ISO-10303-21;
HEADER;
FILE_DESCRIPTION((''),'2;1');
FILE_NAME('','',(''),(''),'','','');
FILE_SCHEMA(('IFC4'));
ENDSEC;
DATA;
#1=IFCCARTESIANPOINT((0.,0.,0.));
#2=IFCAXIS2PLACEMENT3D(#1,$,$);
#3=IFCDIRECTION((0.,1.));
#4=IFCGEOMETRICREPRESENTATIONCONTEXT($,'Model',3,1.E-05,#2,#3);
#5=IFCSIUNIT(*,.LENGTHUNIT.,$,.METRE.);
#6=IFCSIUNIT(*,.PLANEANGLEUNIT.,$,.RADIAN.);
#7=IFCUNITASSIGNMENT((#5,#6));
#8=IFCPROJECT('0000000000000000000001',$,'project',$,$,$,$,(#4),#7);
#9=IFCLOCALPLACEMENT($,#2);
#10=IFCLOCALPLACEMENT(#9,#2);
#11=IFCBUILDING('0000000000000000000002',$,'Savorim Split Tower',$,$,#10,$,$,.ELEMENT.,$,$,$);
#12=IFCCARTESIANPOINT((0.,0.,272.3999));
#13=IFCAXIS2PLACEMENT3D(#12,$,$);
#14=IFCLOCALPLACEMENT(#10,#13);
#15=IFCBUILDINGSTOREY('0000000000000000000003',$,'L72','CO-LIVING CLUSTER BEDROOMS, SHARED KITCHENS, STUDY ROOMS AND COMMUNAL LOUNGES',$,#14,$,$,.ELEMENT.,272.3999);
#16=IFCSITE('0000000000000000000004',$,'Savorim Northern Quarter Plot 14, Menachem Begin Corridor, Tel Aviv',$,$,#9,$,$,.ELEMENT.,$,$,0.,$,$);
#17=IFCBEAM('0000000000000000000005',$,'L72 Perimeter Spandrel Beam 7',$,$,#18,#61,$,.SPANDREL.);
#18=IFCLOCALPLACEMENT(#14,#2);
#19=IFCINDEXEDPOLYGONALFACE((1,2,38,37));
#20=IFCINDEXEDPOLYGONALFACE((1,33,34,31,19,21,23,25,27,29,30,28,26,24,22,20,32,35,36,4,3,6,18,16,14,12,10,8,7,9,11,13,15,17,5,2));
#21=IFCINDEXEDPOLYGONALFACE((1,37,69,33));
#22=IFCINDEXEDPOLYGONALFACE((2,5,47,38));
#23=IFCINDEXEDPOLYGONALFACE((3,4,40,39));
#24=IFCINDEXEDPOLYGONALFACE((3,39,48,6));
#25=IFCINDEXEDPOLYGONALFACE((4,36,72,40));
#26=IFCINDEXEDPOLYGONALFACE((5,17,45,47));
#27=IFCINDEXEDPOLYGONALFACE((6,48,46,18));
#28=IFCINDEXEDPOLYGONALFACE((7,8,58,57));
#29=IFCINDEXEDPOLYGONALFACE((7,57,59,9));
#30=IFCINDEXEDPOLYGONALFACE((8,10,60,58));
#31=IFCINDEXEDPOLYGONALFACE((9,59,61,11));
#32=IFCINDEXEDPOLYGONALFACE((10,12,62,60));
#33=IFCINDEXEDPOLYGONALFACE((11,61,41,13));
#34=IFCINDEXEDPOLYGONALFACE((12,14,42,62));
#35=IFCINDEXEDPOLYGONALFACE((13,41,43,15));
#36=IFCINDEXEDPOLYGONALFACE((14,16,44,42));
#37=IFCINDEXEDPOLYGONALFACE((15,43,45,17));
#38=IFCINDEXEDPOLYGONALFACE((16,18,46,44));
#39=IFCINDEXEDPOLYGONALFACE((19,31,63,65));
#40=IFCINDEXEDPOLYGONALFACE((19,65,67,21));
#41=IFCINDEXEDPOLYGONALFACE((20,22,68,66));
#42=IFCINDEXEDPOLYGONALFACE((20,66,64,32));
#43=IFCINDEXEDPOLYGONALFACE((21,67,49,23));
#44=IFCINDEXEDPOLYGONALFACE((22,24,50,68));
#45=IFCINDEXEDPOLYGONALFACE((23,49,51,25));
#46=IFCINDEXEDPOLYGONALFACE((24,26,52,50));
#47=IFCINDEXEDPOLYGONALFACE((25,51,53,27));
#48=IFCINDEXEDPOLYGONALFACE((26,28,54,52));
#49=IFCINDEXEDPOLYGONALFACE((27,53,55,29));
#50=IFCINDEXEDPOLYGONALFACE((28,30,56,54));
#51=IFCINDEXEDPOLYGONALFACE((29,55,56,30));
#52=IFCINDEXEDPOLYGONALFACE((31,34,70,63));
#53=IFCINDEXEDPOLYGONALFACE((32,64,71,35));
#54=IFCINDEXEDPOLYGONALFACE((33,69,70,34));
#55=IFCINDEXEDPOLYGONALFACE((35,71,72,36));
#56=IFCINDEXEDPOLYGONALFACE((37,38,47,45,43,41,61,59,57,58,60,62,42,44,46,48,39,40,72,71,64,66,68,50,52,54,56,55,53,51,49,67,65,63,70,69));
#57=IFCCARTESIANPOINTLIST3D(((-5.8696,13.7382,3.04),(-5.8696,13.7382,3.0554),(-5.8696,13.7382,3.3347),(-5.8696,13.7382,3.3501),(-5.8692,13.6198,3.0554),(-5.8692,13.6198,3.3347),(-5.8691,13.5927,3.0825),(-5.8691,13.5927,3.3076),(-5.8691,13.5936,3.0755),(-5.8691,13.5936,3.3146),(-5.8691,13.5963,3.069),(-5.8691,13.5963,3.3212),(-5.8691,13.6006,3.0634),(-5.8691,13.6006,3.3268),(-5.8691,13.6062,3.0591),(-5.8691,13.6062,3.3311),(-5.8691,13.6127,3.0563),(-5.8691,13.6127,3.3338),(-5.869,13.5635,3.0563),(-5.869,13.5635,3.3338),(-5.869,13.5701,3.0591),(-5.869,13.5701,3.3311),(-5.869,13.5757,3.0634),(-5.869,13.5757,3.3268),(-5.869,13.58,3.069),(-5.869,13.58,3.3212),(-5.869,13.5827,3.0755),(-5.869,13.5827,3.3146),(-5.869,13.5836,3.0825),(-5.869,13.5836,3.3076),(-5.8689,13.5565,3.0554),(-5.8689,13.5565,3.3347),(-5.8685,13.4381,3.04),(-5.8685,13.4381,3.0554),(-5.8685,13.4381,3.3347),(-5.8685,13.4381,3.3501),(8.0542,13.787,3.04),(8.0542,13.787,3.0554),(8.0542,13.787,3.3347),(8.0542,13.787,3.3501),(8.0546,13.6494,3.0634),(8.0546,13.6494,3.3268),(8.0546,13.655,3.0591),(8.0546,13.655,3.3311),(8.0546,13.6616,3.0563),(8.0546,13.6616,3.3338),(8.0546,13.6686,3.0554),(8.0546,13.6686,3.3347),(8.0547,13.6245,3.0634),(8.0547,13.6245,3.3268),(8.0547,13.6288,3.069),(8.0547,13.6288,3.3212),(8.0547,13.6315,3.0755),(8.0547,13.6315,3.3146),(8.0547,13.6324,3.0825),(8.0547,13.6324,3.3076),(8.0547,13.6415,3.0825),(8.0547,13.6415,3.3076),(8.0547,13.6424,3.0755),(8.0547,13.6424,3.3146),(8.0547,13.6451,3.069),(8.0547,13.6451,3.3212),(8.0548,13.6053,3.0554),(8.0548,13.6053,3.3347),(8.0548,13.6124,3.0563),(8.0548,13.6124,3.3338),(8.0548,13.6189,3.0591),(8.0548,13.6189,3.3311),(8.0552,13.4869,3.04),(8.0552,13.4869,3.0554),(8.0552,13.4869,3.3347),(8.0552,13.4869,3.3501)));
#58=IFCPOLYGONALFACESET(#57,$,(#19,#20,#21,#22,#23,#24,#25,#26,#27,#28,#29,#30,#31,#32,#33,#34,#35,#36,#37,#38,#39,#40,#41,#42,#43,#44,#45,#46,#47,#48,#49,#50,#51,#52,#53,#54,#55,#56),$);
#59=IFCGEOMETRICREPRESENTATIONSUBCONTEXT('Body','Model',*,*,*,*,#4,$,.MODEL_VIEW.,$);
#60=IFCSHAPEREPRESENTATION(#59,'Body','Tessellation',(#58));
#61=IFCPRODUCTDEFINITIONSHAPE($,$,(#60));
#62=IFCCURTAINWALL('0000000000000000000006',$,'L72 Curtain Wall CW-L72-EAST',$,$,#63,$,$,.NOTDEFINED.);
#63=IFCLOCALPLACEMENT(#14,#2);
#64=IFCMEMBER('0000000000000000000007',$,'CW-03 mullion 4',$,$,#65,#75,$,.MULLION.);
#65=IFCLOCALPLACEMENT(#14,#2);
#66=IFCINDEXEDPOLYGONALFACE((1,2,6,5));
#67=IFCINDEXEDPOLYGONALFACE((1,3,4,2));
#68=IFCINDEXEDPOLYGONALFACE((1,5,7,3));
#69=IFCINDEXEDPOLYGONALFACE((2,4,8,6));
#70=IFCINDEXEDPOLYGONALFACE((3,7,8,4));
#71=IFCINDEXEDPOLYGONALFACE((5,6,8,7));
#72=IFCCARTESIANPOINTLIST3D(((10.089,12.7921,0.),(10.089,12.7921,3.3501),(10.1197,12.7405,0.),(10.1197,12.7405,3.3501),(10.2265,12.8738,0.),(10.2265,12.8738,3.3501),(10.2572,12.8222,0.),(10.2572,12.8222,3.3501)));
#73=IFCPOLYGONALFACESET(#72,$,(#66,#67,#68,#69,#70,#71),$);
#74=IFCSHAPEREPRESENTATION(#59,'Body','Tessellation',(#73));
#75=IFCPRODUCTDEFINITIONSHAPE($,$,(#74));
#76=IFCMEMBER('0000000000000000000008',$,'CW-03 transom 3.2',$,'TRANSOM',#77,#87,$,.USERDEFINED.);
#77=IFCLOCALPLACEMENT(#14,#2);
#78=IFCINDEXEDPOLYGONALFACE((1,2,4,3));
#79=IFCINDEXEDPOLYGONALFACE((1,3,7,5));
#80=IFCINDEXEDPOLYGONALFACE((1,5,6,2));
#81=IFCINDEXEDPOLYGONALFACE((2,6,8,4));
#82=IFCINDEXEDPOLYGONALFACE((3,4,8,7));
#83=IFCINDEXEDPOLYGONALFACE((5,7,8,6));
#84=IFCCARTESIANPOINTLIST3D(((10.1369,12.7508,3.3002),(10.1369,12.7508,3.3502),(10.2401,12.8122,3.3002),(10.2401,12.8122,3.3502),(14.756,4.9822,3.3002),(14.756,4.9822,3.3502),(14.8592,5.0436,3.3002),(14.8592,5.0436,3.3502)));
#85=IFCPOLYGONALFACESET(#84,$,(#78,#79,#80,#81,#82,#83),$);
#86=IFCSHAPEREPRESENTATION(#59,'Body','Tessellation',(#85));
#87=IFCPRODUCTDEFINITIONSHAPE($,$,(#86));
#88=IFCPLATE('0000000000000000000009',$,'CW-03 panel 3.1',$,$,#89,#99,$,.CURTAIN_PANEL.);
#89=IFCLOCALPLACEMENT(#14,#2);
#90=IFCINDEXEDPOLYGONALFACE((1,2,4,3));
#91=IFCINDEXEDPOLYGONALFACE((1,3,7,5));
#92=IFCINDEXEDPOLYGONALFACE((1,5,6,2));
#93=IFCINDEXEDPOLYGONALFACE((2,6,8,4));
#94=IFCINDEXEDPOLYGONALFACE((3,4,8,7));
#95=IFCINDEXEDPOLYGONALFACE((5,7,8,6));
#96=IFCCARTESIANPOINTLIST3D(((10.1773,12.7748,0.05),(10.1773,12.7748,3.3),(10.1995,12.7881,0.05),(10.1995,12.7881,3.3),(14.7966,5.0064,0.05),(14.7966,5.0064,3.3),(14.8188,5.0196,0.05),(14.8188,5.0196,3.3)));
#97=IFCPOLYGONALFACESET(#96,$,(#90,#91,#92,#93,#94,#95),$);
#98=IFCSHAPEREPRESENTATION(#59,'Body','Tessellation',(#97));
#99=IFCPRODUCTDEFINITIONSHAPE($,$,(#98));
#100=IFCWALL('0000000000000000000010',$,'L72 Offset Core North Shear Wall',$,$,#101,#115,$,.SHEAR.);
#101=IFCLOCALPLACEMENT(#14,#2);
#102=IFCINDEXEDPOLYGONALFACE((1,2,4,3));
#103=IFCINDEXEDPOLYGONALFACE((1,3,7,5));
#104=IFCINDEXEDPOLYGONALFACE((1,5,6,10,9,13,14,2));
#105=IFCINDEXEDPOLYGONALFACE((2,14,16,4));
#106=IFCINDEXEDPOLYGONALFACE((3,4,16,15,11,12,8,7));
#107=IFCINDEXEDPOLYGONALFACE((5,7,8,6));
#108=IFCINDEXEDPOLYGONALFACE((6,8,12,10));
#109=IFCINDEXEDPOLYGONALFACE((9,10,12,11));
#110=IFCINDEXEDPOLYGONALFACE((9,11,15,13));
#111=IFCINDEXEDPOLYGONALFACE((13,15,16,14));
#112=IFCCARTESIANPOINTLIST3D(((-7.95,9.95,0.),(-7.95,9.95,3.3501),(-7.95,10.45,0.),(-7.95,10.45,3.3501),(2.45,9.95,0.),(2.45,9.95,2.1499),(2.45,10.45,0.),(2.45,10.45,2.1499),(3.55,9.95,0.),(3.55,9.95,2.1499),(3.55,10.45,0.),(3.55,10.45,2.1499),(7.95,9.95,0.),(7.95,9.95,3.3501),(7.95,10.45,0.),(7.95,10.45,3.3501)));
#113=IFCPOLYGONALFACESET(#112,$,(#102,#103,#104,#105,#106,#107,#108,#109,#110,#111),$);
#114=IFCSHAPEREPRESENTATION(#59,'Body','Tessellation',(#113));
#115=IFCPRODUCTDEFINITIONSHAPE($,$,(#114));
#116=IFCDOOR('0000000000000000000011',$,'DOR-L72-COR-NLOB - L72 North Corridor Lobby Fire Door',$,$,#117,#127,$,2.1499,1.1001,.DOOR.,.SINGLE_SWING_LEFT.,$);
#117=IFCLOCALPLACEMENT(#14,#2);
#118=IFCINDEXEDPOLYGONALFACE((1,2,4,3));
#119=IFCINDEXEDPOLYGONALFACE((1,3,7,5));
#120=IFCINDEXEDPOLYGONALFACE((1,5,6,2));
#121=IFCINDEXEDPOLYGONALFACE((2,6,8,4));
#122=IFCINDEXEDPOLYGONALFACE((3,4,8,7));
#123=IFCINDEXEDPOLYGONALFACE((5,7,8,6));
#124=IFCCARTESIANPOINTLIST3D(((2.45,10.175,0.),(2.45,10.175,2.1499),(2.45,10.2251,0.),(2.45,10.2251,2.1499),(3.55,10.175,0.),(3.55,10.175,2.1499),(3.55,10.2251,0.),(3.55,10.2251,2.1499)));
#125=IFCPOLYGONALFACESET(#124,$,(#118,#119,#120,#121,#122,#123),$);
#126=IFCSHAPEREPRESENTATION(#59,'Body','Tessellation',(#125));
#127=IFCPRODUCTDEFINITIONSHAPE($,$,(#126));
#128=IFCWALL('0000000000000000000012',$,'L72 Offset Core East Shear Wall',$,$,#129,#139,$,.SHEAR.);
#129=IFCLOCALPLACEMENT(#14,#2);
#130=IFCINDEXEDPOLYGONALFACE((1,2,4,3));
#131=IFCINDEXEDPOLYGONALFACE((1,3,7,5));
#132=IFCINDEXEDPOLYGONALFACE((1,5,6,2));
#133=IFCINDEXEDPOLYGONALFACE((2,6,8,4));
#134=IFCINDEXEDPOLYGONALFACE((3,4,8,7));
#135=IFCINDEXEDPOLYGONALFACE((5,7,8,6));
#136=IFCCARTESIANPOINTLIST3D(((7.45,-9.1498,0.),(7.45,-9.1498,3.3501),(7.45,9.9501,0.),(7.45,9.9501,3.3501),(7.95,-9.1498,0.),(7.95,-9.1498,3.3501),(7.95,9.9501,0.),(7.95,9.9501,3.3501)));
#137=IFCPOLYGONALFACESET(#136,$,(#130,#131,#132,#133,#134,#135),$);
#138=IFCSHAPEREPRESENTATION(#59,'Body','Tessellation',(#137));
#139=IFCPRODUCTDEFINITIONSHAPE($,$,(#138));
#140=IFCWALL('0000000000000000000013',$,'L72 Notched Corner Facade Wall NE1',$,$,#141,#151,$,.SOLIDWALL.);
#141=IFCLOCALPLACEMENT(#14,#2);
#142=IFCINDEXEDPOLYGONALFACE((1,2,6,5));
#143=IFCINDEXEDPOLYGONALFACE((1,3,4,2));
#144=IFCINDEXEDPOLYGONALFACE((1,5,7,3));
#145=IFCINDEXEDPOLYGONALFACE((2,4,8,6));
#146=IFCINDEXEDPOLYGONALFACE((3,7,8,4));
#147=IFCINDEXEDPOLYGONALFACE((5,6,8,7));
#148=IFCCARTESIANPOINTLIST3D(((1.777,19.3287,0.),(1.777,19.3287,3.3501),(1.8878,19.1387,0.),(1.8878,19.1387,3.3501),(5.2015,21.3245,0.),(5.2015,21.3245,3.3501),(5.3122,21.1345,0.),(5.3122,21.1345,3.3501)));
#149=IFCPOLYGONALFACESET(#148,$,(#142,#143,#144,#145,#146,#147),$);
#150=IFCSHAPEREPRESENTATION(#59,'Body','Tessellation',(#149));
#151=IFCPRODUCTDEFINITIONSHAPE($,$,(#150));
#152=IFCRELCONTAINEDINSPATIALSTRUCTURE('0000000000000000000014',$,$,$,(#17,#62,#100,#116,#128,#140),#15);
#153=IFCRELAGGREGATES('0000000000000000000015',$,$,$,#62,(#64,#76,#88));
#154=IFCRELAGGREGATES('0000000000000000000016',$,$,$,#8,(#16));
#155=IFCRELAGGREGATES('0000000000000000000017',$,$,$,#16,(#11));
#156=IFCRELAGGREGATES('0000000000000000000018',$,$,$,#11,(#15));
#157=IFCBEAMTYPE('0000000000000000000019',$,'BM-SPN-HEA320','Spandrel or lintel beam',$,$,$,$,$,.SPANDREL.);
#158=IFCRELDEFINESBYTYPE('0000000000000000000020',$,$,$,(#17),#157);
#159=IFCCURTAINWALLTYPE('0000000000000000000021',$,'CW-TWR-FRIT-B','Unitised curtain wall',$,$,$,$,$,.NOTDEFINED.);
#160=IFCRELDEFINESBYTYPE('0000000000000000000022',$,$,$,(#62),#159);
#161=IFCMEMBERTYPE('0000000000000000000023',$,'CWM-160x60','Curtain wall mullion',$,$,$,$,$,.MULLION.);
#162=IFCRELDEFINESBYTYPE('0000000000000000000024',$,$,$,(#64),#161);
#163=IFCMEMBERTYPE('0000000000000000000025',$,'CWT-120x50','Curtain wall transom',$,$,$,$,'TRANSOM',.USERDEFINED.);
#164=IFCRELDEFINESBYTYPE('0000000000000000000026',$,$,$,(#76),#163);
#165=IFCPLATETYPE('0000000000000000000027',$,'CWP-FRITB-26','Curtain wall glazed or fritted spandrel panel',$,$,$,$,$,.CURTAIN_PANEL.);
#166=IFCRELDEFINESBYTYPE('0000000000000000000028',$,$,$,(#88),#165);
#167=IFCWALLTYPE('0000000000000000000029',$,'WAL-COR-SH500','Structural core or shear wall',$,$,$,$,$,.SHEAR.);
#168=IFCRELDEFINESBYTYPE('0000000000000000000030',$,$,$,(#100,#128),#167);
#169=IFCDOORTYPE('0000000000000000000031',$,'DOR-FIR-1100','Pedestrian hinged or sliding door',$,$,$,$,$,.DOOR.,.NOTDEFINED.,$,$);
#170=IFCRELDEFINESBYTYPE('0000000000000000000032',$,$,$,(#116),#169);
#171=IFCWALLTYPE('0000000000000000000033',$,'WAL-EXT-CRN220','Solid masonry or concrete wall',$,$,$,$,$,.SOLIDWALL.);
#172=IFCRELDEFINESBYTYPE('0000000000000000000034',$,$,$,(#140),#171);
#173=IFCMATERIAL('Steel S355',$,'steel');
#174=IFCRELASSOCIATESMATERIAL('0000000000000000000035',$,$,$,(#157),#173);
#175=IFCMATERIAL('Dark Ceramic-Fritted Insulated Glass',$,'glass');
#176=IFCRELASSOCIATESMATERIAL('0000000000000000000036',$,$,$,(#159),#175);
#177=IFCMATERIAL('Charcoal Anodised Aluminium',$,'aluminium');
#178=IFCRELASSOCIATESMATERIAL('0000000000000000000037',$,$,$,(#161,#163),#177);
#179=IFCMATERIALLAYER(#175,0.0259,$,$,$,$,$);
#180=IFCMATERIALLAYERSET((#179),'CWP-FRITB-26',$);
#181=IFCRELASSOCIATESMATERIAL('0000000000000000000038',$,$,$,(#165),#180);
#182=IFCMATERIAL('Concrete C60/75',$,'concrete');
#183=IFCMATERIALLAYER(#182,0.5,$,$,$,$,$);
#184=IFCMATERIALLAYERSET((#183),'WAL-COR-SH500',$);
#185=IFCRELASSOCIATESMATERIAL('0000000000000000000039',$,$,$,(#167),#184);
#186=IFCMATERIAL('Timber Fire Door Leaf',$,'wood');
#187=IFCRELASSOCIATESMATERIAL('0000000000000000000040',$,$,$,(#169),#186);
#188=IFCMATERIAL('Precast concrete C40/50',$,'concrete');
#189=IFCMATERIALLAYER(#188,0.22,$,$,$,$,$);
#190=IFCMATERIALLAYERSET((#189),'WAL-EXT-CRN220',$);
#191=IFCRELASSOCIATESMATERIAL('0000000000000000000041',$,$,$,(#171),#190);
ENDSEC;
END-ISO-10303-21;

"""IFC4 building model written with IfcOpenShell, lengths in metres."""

from ifc_helpers import new_model, si_unit, direction, frame, frame_2d, origin, origin_2d, place, context, subcontext, project, spatial, rectangle, i_section, extrude, material, layer, layer_set, material_profile, profile_set, type_object, element, fill, aggregate, save


model = new_model("IFC4")

# Units and contexts
model_context = context("Model", 3, precision=1e-05, world=origin(), true_north=direction((0.0, 1.0)))
body_context = subcontext(model_context, "Body", "Model", "MODEL_VIEW")
ifc_project = project(units=[si_unit("LENGTHUNIT", "METRE"), si_unit("PLANEANGLEUNIT", "RADIAN")], contexts=[model_context])

# Site, building, storey
site_placement = place(None, origin())
site = spatial("IfcSite", under=ifc_project, at=site_placement, Name="Savorim Northern Quarter Plot 14, Menachem Begin Corridor, Tel Aviv", CompositionType="ELEMENT", RefElevation=0.0)
building_placement = place(site_placement, origin())
building = spatial("IfcBuilding", under=site, at=building_placement, Name="Savorim Split Tower", CompositionType="ELEMENT")
storey_placement = place(building_placement, frame((0.0, 0.0, 272.3999)))
storey = spatial("IfcBuildingStorey", under=building, at=storey_placement, Name="L72", Description="CO-LIVING CLUSTER BEDROOMS, SHARED KITCHENS, STUDY ROOMS AND COMMUNAL LOUNGES", CompositionType="ELEMENT", Elevation=272.3999)

# Shared definitions
ifc_material_1 = material(Name="Steel S355", Category="steel")

# Beam
ifc_material_profile_1 = material_profile(ifc_material_1, i_section(OverallWidth=0.3, OverallDepth=0.3101, WebThickness=0.009, FlangeThickness=0.0154, FilletRadius=0.0271, at=origin_2d()), Name="HEA 320")
ifc_profile_set_1 = profile_set([ifc_material_profile_1], Name="Steel S355")
beam_type_1 = type_object("IfcBeamType", Name="BM-SPN-HEA320", Description="Spandrel or lintel beam", PredefinedType="SPANDREL", material=ifc_profile_set_1)
beam_1_placement = place(storey_placement, frame((8.0547, 13.637, 3.1951), z_axis=(-0.999994, -0.003507, 0.0), x_axis=(0.003507, -0.999994, 0.0)))
element("IfcBeam", 1, at=beam_1_placement, inside=storey, type_object=beam_type_1, Name="L72 Perimeter Spandrel Beam 7", PredefinedType="SPANDREL", context=body_context, shape_type="SweptSolid", body=[
    extrude(i_section(OverallWidth=0.3, OverallDepth=0.3101, WebThickness=0.009, FlangeThickness=0.0154, FilletRadius=0.0271, at=origin_2d()), origin(), (0.0, 0.0, 1.0), 13.9238),
])

# Curtain wall, members, plate
ifc_material_2 = material(Name="Dark Ceramic-Fritted Insulated Glass", Category="glass")
curtain_wall_type = type_object("IfcCurtainWallType", Name="CW-TWR-FRIT-B", Description="Unitised curtain wall", PredefinedType="NOTDEFINED", material=ifc_material_2)
curtain_wall_placement = place(storey_placement, origin())
curtain_wall = element("IfcCurtainWall", 2, at=curtain_wall_placement, inside=storey, type_object=curtain_wall_type, Name="L72 Curtain Wall CW-L72-EAST", PredefinedType="NOTDEFINED")
ifc_material_3 = material(Name="Charcoal Anodised Aluminium", Category="aluminium")
ifc_material_profile_2 = material_profile(ifc_material_3, rectangle(XDim=0.1599, YDim=0.0601, at=origin_2d()), Name="ALU-M 160x60")
ifc_profile_set_2 = profile_set([ifc_material_profile_2], Name="Charcoal Anodised Aluminium")
member_type_1 = type_object("IfcMemberType", Name="CWM-160x60", Description="Curtain wall mullion", PredefinedType="MULLION", material=ifc_profile_set_2)
member_1_placement = place(storey_placement, frame((10.1731, 12.8071, 0.0), z_axis=(0.0, 0.0, 1.0), x_axis=(-0.859527, -0.51109, 0.0)))
member_1 = element("IfcMember", 3, at=member_1_placement, type_object=member_type_1, Name="CW-03 mullion 4", PredefinedType="MULLION", context=body_context, shape_type="SweptSolid", body=[
    extrude(rectangle(XDim=0.1599, YDim=0.0601, at=origin_2d()), origin(), (0.0, 0.0, 1.0), 3.3501),
])
ifc_material_profile_3 = material_profile(ifc_material_3, rectangle(XDim=0.1201, YDim=0.05, at=origin_2d()), Name="ALU-T 120x50")
ifc_profile_set_3 = profile_set([ifc_material_profile_3], Name="Charcoal Anodised Aluminium")
member_type_2 = type_object("IfcMemberType", Name="CWT-120x50", Description="Curtain wall transom", ElementType="TRANSOM", PredefinedType="USERDEFINED", material=ifc_profile_set_3)
member_2_placement = place(storey_placement, frame((14.8076, 5.0129, 3.3252), z_axis=(-0.511075, 0.859536, 0.0), x_axis=(-0.859536, -0.511075, 0.0)))
member_2 = element("IfcMember", 4, at=member_2_placement, type_object=member_type_2, Name="CW-03 transom 3.2", ObjectType="TRANSOM", PredefinedType="USERDEFINED", context=body_context, shape_type="SweptSolid", body=[
    extrude(rectangle(XDim=0.1201, YDim=0.05, at=origin_2d()), origin(), (0.0, 0.0, 1.0), 9.0381),
])
ifc_layer_1 = layer(ifc_material_2, 0.0259)
ifc_layer_set_1 = layer_set([ifc_layer_1], Name="CWP-FRITB-26")
plate_type = type_object("IfcPlateType", Name="CWP-FRITB-26", Description="Curtain wall glazed or fritted spandrel panel", PredefinedType="CURTAIN_PANEL", material=ifc_layer_set_1)
plate_placement = place(storey_placement, frame((12.498, 8.8972, 0.05), z_axis=(0.0, 0.0, 1.0), x_axis=(-0.51109, 0.859527, 0.0)))
plate = element("IfcPlate", 5, at=plate_placement, type_object=plate_type, Name="CW-03 panel 3.1", PredefinedType="CURTAIN_PANEL", context=body_context, shape_type="SweptSolid", body=[
    extrude(rectangle(XDim=9.0381, YDim=0.0259, at=origin_2d()), origin(), (0.0, 0.0, 1.0), 3.25),
])
aggregate(curtain_wall, [member_1, member_2, plate])

# Wall, opening, door
ifc_material_4 = material(Name="Concrete C60/75", Category="concrete")
ifc_layer_2 = layer(ifc_material_4, 0.5)
ifc_layer_set_2 = layer_set([ifc_layer_2], Name="WAL-COR-SH500")
wall_type_1 = type_object("IfcWallType", Name="WAL-COR-SH500", Description="Structural core or shear wall", PredefinedType="SHEAR", material=ifc_layer_set_2)
wall_1_placement = place(storey_placement, frame((7.95, 10.2, 0.0), z_axis=(0.0, 0.0, 1.0), x_axis=(-1.0, 0.0, 0.0)))
wall_1 = element("IfcWall", 6, at=wall_1_placement, inside=storey, type_object=wall_type_1, Name="L72 Offset Core North Shear Wall", PredefinedType="SHEAR", context=body_context, shape_type="SweptSolid", body=[
    extrude(rectangle(XDim=15.8999, YDim=0.5, at=frame_2d((7.95, 0.0))), origin(), (0.0, 0.0, 1.0), 3.3501),
])
opening_1_placement = place(wall_1_placement, frame((4.3999, 0.0, 0.0)))
opening_1 = element("IfcOpeningElement", 7, at=opening_1_placement, cuts=wall_1, PredefinedType="OPENING", context=body_context, shape_type="SweptSolid", body=[
    extrude(rectangle(XDim=1.1001, YDim=2.1499, at=frame_2d((0.55, 1.075))), frame((0.0, 0.26, 0.0), z_axis=(0.0, -1.0, 0.0), x_axis=(1.0, 0.0, 0.0)), (0.0, 0.0, 1.0), 0.52),
])
ifc_material_5 = material(Name="Timber Fire Door Leaf", Category="wood")
door_type_1 = type_object("IfcDoorType", Name="DOR-FIR-1100", Description="Pedestrian hinged or sliding door", OperationType="NOTDEFINED", PredefinedType="DOOR", material=ifc_material_5)
door_1_placement = place(opening_1_placement, origin())
door_1 = element("IfcDoor", 8, at=door_1_placement, inside=storey, type_object=door_type_1, Name="DOR-L72-COR-NLOB - L72 North Corridor Lobby Fire Door", OperationType="SINGLE_SWING_LEFT", OverallHeight=2.1499, OverallWidth=1.1001, PredefinedType="DOOR", context=body_context, shape_type="SweptSolid", body=[
    extrude(rectangle(XDim=1.1001, YDim=2.1499, at=frame_2d((0.55, 1.075))), frame((0.0, 0.0249, 0.0), z_axis=(0.0, -1.0, 0.0), x_axis=(1.0, 0.0, 0.0)), (0.0, 0.0, 1.0), 0.05),
])
fill(opening_1, door_1)

# Walls
wall_2_placement = place(storey_placement, frame((7.7, 9.95, 0.0), z_axis=(0.0, 0.0, 1.0), x_axis=(0.0, -1.0, 0.0)))
element("IfcWall", 9, at=wall_2_placement, inside=storey, type_object=wall_type_1, Name="L72 Offset Core East Shear Wall", PredefinedType="SHEAR", context=body_context, shape_type="SweptSolid", body=[
    extrude(rectangle(XDim=19.0999, YDim=0.5, at=frame_2d((9.5498, 0.0))), origin(), (0.0, 0.0, 1.0), 3.3501),
])
ifc_material_6 = material(Name="Precast concrete C40/50", Category="concrete")
ifc_layer_3 = layer(ifc_material_6, 0.22)
ifc_layer_set_3 = layer_set([ifc_layer_3], Name="WAL-EXT-CRN220")
wall_type_2 = type_object("IfcWallType", Name="WAL-EXT-CRN220", Description="Solid masonry or concrete wall", PredefinedType="SOLIDWALL", material=ifc_layer_set_3)
wall_3_placement = place(storey_placement, frame((1.8323, 19.2336, 0.0), z_axis=(0.0, 0.0, 1.0), x_axis=(0.863978, 0.50353, 0.0)))
element("IfcWall", 10, at=wall_3_placement, inside=storey, type_object=wall_type_2, Name="L72 Notched Corner Facade Wall NE1", PredefinedType="SOLIDWALL", context=body_context, shape_type="SweptSolid", body=[
    extrude(rectangle(XDim=3.9636, YDim=0.22, at=frame_2d((1.9819, 0.0))), origin(), (0.0, 0.0, 1.0), 3.3501),
])

save(model, "model.ifc")
